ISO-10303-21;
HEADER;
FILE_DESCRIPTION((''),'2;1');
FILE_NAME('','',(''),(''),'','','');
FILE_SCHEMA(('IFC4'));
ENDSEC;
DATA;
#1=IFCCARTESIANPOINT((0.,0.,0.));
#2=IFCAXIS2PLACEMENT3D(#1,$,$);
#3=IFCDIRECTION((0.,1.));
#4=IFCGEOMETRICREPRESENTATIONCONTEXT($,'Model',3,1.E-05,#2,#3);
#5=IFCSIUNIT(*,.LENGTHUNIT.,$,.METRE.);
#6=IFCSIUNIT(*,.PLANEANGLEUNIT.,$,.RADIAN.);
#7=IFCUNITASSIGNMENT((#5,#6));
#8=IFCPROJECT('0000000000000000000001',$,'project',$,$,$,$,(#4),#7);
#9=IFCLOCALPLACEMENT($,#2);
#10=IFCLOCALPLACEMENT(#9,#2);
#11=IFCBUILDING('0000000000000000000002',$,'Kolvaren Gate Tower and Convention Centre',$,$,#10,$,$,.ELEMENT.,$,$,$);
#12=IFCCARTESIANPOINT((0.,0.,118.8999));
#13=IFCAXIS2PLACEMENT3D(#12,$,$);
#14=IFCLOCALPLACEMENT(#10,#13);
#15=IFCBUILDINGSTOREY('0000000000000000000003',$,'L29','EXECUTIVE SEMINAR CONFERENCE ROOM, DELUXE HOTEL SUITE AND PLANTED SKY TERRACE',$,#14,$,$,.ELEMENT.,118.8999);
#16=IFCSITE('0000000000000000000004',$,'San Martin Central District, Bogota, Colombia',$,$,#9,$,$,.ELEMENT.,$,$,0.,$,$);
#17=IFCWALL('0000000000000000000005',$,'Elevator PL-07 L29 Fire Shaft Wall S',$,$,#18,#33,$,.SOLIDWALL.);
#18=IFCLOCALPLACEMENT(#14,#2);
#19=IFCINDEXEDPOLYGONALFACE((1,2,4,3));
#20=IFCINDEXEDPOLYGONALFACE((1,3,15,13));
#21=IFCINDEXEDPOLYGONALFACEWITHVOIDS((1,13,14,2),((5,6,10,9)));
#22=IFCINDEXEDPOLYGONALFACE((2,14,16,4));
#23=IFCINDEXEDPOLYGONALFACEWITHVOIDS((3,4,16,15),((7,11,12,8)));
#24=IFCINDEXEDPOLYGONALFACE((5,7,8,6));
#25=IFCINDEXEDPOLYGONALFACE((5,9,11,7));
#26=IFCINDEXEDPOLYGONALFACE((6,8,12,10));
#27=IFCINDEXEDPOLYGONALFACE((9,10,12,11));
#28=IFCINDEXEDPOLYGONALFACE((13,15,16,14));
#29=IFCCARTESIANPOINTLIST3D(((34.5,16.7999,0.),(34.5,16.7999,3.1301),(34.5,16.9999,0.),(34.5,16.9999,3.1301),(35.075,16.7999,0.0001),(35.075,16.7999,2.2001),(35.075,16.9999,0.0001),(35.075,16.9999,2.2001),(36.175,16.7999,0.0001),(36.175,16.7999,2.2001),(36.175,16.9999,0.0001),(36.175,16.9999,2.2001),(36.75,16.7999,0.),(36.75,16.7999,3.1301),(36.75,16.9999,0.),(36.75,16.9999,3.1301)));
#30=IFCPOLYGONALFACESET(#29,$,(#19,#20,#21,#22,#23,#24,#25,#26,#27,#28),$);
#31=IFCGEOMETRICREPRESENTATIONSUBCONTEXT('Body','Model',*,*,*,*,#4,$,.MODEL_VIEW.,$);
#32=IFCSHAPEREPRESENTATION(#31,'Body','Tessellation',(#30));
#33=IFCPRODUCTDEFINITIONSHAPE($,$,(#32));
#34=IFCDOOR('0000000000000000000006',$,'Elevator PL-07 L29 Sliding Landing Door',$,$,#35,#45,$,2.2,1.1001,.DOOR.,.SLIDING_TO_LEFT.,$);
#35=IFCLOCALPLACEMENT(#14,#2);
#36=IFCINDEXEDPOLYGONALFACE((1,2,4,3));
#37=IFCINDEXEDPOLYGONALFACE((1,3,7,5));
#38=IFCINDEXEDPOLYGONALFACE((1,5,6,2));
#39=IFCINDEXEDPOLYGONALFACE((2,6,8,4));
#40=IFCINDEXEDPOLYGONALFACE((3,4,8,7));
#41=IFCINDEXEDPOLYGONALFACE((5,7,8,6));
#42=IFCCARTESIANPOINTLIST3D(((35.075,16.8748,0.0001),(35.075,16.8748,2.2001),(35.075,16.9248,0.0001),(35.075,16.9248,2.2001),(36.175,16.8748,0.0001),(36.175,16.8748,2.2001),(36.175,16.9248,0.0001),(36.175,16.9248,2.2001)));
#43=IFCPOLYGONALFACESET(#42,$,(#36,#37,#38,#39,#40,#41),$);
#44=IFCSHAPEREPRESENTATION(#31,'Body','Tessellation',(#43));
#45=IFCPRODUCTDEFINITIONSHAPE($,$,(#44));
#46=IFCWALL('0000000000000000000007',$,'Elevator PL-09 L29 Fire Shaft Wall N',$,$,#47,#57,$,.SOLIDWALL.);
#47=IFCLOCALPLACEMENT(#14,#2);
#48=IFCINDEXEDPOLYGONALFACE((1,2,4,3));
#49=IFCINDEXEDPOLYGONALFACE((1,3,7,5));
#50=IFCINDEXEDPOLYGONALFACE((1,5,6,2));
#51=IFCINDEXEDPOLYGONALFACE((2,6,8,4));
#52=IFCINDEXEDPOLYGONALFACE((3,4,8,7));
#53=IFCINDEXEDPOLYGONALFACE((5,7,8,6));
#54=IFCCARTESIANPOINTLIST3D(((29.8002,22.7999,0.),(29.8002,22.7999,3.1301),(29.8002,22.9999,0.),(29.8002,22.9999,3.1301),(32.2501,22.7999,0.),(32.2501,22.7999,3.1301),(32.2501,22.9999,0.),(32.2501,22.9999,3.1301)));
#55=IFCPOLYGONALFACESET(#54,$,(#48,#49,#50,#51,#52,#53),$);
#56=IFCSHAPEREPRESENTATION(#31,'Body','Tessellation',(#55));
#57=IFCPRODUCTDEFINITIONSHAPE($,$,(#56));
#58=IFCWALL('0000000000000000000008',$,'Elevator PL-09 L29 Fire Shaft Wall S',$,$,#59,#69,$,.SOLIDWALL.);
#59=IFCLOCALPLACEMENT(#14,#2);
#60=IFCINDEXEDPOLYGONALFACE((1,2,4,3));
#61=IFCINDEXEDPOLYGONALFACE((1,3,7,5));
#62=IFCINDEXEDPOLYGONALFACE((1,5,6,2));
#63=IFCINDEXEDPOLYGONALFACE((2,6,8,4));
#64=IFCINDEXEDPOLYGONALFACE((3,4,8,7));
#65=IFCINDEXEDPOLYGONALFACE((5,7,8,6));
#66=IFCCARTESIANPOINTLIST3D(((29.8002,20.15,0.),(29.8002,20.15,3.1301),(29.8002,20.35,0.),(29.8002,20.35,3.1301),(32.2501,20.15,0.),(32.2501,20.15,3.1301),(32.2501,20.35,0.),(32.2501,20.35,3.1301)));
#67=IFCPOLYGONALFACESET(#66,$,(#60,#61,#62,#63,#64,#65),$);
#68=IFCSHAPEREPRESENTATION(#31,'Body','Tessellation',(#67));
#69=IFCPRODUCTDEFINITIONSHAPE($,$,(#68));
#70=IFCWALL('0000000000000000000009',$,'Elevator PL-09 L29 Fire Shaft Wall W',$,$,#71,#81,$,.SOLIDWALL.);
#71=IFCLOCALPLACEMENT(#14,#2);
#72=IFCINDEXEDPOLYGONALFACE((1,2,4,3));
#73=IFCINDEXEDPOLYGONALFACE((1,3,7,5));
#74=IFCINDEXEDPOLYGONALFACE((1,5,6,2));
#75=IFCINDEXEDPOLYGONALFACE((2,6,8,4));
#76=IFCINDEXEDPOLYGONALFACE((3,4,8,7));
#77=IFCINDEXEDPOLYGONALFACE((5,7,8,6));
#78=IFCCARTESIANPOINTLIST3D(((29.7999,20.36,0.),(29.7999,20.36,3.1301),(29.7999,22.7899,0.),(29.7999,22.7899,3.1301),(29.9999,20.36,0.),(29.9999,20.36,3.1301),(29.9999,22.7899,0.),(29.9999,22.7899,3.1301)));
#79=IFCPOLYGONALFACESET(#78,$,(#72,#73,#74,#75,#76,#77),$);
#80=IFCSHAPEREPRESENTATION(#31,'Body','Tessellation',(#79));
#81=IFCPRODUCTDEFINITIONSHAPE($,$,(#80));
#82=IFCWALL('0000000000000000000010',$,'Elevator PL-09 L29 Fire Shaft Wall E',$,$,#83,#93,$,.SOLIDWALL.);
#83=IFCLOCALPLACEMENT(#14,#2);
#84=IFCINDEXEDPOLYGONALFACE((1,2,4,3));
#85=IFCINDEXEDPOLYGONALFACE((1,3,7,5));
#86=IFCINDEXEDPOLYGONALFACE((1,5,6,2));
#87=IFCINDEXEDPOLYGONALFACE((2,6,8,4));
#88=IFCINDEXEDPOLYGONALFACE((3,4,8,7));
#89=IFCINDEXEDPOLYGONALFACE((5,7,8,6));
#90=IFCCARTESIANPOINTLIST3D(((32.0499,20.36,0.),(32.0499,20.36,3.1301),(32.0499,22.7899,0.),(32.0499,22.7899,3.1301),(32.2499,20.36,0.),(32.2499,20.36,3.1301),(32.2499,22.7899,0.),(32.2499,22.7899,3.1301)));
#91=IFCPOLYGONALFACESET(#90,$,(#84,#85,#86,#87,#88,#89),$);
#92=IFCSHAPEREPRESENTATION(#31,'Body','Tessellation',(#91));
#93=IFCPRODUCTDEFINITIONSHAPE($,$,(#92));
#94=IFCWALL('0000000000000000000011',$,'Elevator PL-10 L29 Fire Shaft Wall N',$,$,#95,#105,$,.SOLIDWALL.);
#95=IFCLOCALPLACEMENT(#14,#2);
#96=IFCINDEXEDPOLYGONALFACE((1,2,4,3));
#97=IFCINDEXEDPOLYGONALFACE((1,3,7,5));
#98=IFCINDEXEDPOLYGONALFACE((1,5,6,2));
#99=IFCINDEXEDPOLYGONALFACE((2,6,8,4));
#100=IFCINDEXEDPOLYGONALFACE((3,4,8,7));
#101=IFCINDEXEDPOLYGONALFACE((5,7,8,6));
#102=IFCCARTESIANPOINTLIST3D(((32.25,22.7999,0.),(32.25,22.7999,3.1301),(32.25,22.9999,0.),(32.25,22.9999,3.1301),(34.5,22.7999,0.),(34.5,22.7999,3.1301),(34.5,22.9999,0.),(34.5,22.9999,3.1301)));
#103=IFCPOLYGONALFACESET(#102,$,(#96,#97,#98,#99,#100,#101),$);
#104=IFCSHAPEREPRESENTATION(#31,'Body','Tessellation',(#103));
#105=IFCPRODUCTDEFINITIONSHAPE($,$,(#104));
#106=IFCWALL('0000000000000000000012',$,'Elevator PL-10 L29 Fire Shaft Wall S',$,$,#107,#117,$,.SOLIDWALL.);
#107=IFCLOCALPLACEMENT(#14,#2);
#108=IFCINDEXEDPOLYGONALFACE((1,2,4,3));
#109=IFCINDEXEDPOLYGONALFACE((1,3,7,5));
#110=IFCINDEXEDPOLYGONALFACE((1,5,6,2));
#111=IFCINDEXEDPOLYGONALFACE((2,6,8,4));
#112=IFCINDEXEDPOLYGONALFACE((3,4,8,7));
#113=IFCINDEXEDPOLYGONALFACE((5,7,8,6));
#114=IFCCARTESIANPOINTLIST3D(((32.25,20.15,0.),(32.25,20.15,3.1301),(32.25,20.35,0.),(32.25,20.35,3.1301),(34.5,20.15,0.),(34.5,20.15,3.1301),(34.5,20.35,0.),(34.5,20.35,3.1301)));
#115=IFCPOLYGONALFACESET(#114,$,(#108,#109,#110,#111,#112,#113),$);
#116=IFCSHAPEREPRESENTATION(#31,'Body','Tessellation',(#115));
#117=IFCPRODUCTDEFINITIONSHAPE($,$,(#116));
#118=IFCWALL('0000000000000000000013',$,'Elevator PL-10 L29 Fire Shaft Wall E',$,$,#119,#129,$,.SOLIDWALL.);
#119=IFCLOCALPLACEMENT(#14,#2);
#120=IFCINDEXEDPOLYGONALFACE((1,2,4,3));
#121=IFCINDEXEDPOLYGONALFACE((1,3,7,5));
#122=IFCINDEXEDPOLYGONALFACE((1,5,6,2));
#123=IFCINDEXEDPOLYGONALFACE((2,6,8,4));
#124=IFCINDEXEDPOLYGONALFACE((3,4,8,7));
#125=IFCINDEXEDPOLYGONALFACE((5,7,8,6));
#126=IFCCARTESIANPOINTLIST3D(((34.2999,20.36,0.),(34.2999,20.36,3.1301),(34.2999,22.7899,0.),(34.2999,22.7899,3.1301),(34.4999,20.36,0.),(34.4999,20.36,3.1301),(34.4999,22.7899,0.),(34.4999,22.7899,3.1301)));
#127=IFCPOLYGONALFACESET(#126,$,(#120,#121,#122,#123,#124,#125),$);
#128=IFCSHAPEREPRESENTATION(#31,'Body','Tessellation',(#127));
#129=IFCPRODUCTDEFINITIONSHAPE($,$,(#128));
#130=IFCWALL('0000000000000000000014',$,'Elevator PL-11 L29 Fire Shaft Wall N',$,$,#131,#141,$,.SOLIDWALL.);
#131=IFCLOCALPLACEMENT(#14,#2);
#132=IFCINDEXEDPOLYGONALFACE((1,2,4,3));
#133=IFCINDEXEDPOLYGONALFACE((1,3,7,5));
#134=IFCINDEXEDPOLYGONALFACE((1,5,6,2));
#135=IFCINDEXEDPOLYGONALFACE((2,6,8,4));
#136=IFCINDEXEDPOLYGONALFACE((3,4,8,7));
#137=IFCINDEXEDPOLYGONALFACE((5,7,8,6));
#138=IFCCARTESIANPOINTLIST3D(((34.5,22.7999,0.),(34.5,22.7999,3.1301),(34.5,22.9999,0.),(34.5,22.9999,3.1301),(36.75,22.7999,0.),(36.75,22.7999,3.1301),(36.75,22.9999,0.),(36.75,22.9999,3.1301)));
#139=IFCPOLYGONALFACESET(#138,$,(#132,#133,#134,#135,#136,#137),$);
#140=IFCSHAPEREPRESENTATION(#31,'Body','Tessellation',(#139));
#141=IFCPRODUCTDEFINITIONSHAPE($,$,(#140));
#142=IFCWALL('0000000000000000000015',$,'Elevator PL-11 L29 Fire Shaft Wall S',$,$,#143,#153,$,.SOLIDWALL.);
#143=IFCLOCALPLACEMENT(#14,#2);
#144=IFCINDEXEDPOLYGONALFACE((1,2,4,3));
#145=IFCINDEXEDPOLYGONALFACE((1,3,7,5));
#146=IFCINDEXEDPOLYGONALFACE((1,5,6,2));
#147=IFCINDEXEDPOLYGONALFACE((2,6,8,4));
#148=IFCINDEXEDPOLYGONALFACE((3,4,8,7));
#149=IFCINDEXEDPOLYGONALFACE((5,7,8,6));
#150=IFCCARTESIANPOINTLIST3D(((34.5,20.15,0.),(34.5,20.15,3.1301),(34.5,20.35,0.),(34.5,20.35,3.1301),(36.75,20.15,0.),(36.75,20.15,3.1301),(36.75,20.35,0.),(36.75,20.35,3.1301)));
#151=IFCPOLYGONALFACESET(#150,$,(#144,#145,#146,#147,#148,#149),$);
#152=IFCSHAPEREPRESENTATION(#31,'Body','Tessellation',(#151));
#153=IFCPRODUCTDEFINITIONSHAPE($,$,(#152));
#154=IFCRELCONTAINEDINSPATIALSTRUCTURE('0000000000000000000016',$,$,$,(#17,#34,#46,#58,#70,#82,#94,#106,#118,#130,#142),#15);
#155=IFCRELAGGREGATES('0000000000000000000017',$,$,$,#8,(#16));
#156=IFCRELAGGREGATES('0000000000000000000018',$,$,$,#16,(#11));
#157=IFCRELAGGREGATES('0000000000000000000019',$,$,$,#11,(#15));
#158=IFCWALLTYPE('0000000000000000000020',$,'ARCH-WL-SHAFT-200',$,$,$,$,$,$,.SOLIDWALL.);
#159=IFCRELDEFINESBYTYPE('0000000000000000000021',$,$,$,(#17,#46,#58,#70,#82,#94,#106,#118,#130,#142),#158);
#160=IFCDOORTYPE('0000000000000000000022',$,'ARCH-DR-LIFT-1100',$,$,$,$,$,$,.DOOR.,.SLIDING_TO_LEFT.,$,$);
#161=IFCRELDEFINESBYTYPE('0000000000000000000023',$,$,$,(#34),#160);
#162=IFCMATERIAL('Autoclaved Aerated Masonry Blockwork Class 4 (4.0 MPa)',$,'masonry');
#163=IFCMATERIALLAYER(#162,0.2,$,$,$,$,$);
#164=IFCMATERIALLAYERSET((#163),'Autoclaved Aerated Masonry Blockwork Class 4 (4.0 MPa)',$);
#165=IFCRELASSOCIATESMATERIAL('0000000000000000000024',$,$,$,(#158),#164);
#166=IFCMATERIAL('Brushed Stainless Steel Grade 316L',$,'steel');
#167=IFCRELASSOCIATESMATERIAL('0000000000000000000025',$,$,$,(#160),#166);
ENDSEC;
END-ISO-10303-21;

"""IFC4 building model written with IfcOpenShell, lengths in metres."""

from ifc_helpers import new_model, si_unit, direction, frame, frame_2d, origin, place, context, subcontext, project, spatial, rectangle, extrude, material, layer, layer_set, type_object, element, fill, save


model = new_model("IFC4")

# Units and contexts
model_context = context("Model", 3, precision=1e-05, world=origin(), true_north=direction((0.0, 1.0)))
body_context = subcontext(model_context, "Body", "Model", "MODEL_VIEW")
ifc_project = project(units=[si_unit("LENGTHUNIT", "METRE"), si_unit("PLANEANGLEUNIT", "RADIAN")], contexts=[model_context])

# Site, building, storey
site_placement = place(None, origin())
site = spatial("IfcSite", under=ifc_project, at=site_placement, Name="San Martin Central District, Bogota, Colombia", CompositionType="ELEMENT", RefElevation=0.0)
building_placement = place(site_placement, origin())
building = spatial("IfcBuilding", under=site, at=building_placement, Name="Kolvaren Gate Tower and Convention Centre", CompositionType="ELEMENT")
storey_placement = place(building_placement, frame((0.0, 0.0, 118.8999)))
storey = spatial("IfcBuildingStorey", under=building, at=storey_placement, Name="L29", Description="EXECUTIVE SEMINAR CONFERENCE ROOM, DELUXE HOTEL SUITE AND PLANTED SKY TERRACE", CompositionType="ELEMENT", Elevation=118.8999)

# Shared definitions
ifc_material_1 = material(Name="Autoclaved Aerated Masonry Blockwork Class 4 (4.0 MPa)", Category="masonry")

# Shared definitions
ifc_layer_1 = layer(ifc_material_1, 0.2)
ifc_layer_set_1 = layer_set([ifc_layer_1], Name="Autoclaved Aerated Masonry Blockwork Class 4 (4.0 MPa)")
wall_type_1 = type_object("IfcWallType", Name="ARCH-WL-SHAFT-200", PredefinedType="SOLIDWALL", material=ifc_layer_set_1)

# Wall, opening, door
wall_1_placement = place(storey_placement, frame((34.5, 16.8999, 0.0), z_axis=(0.0, 0.0, 1.0), x_axis=(1.0, 0.0, 0.0)))
wall_1 = element("IfcWall", 1, at=wall_1_placement, inside=storey, type_object=wall_type_1, Name="Elevator PL-07 L29 Fire Shaft Wall S", PredefinedType="SOLIDWALL", context=body_context, shape_type="SweptSolid", body=[
    extrude(rectangle(XDim=2.25, YDim=0.2, at=frame_2d((1.125, 0.0))), origin(), (0.0, 0.0, 1.0), 3.1301),
])
opening_1_placement = place(wall_1_placement, frame((0.575, 0.0, 0.0)))
opening_1 = element("IfcOpeningElement", 2, at=opening_1_placement, cuts=wall_1, PredefinedType="OPENING", context=body_context, shape_type="SweptSolid", body=[
    extrude(rectangle(XDim=1.1001, YDim=2.2, at=frame_2d((0.55, 1.1001))), frame((0.0, 0.1099, 0.0), z_axis=(0.0, -1.0, 0.0), x_axis=(1.0, 0.0, 0.0)), (0.0, 0.0, 1.0), 0.22),
])
ifc_material_2 = material(Name="Brushed Stainless Steel Grade 316L", Category="steel")
door_type_1 = type_object("IfcDoorType", Name="ARCH-DR-LIFT-1100", OperationType="SLIDING_TO_LEFT", PredefinedType="DOOR", material=ifc_material_2)
door_1_placement = place(opening_1_placement, origin())
door_1 = element("IfcDoor", 3, at=door_1_placement, inside=storey, type_object=door_type_1, Name="Elevator PL-07 L29 Sliding Landing Door", OperationType="SLIDING_TO_LEFT", OverallHeight=2.2, OverallWidth=1.1001, PredefinedType="DOOR", context=body_context, shape_type="SweptSolid", body=[
    extrude(rectangle(XDim=1.1001, YDim=2.2, at=frame_2d((0.55, 1.1001))), frame((0.0, 0.0249, 0.0), z_axis=(0.0, -1.0, 0.0), x_axis=(1.0, 0.0, 0.0)), (0.0, 0.0, 1.0), 0.05),
])
fill(opening_1, door_1)

# Walls
for number, where, z_axis, x_axis, name in (
    (4, (29.8, 22.8999, 0.0), (0.0, 0.0, 1.0), (1.0, 0.0, 0.0), "Elevator PL-09 L29 Fire Shaft Wall N"),
    (5, (29.8, 20.25, 0.0), (0.0, 0.0, 1.0), (1.0, 0.0, 0.0), "Elevator PL-09 L29 Fire Shaft Wall S"),
):
    element("IfcWall", number, at=place(storey_placement, frame(where, z_axis=z_axis, x_axis=x_axis)), inside=storey, type_object=wall_type_1, Name=name, PredefinedType="SOLIDWALL", context=body_context, shape_type="SweptSolid", body=[
        extrude(rectangle(XDim=2.45, YDim=0.2, at=frame_2d((1.2251, 0.0))), origin(), (0.0, 0.0, 1.0), 3.1301),
    ])
for number, where, z_axis, x_axis, name in (
    (6, (29.8999, 20.3601, 0.0), (0.0, 0.0, 1.0), (0.0, 1.0, 0.0), "Elevator PL-09 L29 Fire Shaft Wall W"),
    (7, (32.1499, 20.3601, 0.0), (0.0, 0.0, 1.0), (0.0, 1.0, 0.0), "Elevator PL-09 L29 Fire Shaft Wall E"),
):
    element("IfcWall", number, at=place(storey_placement, frame(where, z_axis=z_axis, x_axis=x_axis)), inside=storey, type_object=wall_type_1, Name=name, PredefinedType="SOLIDWALL", context=body_context, shape_type="SweptSolid", body=[
        extrude(rectangle(XDim=2.4299, YDim=0.2, at=frame_2d((1.2148, 0.0))), origin(), (0.0, 0.0, 1.0), 3.1301),
    ])
for number, where, z_axis, x_axis, name in (
    (8, (32.25, 22.8999, 0.0), (0.0, 0.0, 1.0), (1.0, 0.0, 0.0), "Elevator PL-10 L29 Fire Shaft Wall N"),
    (9, (32.25, 20.25, 0.0), (0.0, 0.0, 1.0), (1.0, 0.0, 0.0), "Elevator PL-10 L29 Fire Shaft Wall S"),
):
    element("IfcWall", number, at=place(storey_placement, frame(where, z_axis=z_axis, x_axis=x_axis)), inside=storey, type_object=wall_type_1, Name=name, PredefinedType="SOLIDWALL", context=body_context, shape_type="SweptSolid", body=[
        extrude(rectangle(XDim=2.25, YDim=0.2, at=frame_2d((1.125, 0.0))), origin(), (0.0, 0.0, 1.0), 3.1301),
    ])
wall_2_placement = place(storey_placement, frame((34.3999, 20.3601, 0.0), z_axis=(0.0, 0.0, 1.0), x_axis=(0.0, 1.0, 0.0)))
element("IfcWall", 10, at=wall_2_placement, inside=storey, type_object=wall_type_1, Name="Elevator PL-10 L29 Fire Shaft Wall E", PredefinedType="SOLIDWALL", context=body_context, shape_type="SweptSolid", body=[
    extrude(rectangle(XDim=2.4299, YDim=0.2, at=frame_2d((1.2148, 0.0))), origin(), (0.0, 0.0, 1.0), 3.1301),
])
for number, where, z_axis, x_axis, name in (
    (11, (34.5, 22.8999, 0.0), (0.0, 0.0, 1.0), (1.0, 0.0, 0.0), "Elevator PL-11 L29 Fire Shaft Wall N"),
    (12, (34.5, 20.25, 0.0), (0.0, 0.0, 1.0), (1.0, 0.0, 0.0), "Elevator PL-11 L29 Fire Shaft Wall S"),
):
    element("IfcWall", number, at=place(storey_placement, frame(where, z_axis=z_axis, x_axis=x_axis)), inside=storey, type_object=wall_type_1, Name=name, PredefinedType="SOLIDWALL", context=body_context, shape_type="SweptSolid", body=[
        extrude(rectangle(XDim=2.25, YDim=0.2, at=frame_2d((1.125, 0.0))), origin(), (0.0, 0.0, 1.0), 3.1301),
    ])

save(model, "model.ifc")
